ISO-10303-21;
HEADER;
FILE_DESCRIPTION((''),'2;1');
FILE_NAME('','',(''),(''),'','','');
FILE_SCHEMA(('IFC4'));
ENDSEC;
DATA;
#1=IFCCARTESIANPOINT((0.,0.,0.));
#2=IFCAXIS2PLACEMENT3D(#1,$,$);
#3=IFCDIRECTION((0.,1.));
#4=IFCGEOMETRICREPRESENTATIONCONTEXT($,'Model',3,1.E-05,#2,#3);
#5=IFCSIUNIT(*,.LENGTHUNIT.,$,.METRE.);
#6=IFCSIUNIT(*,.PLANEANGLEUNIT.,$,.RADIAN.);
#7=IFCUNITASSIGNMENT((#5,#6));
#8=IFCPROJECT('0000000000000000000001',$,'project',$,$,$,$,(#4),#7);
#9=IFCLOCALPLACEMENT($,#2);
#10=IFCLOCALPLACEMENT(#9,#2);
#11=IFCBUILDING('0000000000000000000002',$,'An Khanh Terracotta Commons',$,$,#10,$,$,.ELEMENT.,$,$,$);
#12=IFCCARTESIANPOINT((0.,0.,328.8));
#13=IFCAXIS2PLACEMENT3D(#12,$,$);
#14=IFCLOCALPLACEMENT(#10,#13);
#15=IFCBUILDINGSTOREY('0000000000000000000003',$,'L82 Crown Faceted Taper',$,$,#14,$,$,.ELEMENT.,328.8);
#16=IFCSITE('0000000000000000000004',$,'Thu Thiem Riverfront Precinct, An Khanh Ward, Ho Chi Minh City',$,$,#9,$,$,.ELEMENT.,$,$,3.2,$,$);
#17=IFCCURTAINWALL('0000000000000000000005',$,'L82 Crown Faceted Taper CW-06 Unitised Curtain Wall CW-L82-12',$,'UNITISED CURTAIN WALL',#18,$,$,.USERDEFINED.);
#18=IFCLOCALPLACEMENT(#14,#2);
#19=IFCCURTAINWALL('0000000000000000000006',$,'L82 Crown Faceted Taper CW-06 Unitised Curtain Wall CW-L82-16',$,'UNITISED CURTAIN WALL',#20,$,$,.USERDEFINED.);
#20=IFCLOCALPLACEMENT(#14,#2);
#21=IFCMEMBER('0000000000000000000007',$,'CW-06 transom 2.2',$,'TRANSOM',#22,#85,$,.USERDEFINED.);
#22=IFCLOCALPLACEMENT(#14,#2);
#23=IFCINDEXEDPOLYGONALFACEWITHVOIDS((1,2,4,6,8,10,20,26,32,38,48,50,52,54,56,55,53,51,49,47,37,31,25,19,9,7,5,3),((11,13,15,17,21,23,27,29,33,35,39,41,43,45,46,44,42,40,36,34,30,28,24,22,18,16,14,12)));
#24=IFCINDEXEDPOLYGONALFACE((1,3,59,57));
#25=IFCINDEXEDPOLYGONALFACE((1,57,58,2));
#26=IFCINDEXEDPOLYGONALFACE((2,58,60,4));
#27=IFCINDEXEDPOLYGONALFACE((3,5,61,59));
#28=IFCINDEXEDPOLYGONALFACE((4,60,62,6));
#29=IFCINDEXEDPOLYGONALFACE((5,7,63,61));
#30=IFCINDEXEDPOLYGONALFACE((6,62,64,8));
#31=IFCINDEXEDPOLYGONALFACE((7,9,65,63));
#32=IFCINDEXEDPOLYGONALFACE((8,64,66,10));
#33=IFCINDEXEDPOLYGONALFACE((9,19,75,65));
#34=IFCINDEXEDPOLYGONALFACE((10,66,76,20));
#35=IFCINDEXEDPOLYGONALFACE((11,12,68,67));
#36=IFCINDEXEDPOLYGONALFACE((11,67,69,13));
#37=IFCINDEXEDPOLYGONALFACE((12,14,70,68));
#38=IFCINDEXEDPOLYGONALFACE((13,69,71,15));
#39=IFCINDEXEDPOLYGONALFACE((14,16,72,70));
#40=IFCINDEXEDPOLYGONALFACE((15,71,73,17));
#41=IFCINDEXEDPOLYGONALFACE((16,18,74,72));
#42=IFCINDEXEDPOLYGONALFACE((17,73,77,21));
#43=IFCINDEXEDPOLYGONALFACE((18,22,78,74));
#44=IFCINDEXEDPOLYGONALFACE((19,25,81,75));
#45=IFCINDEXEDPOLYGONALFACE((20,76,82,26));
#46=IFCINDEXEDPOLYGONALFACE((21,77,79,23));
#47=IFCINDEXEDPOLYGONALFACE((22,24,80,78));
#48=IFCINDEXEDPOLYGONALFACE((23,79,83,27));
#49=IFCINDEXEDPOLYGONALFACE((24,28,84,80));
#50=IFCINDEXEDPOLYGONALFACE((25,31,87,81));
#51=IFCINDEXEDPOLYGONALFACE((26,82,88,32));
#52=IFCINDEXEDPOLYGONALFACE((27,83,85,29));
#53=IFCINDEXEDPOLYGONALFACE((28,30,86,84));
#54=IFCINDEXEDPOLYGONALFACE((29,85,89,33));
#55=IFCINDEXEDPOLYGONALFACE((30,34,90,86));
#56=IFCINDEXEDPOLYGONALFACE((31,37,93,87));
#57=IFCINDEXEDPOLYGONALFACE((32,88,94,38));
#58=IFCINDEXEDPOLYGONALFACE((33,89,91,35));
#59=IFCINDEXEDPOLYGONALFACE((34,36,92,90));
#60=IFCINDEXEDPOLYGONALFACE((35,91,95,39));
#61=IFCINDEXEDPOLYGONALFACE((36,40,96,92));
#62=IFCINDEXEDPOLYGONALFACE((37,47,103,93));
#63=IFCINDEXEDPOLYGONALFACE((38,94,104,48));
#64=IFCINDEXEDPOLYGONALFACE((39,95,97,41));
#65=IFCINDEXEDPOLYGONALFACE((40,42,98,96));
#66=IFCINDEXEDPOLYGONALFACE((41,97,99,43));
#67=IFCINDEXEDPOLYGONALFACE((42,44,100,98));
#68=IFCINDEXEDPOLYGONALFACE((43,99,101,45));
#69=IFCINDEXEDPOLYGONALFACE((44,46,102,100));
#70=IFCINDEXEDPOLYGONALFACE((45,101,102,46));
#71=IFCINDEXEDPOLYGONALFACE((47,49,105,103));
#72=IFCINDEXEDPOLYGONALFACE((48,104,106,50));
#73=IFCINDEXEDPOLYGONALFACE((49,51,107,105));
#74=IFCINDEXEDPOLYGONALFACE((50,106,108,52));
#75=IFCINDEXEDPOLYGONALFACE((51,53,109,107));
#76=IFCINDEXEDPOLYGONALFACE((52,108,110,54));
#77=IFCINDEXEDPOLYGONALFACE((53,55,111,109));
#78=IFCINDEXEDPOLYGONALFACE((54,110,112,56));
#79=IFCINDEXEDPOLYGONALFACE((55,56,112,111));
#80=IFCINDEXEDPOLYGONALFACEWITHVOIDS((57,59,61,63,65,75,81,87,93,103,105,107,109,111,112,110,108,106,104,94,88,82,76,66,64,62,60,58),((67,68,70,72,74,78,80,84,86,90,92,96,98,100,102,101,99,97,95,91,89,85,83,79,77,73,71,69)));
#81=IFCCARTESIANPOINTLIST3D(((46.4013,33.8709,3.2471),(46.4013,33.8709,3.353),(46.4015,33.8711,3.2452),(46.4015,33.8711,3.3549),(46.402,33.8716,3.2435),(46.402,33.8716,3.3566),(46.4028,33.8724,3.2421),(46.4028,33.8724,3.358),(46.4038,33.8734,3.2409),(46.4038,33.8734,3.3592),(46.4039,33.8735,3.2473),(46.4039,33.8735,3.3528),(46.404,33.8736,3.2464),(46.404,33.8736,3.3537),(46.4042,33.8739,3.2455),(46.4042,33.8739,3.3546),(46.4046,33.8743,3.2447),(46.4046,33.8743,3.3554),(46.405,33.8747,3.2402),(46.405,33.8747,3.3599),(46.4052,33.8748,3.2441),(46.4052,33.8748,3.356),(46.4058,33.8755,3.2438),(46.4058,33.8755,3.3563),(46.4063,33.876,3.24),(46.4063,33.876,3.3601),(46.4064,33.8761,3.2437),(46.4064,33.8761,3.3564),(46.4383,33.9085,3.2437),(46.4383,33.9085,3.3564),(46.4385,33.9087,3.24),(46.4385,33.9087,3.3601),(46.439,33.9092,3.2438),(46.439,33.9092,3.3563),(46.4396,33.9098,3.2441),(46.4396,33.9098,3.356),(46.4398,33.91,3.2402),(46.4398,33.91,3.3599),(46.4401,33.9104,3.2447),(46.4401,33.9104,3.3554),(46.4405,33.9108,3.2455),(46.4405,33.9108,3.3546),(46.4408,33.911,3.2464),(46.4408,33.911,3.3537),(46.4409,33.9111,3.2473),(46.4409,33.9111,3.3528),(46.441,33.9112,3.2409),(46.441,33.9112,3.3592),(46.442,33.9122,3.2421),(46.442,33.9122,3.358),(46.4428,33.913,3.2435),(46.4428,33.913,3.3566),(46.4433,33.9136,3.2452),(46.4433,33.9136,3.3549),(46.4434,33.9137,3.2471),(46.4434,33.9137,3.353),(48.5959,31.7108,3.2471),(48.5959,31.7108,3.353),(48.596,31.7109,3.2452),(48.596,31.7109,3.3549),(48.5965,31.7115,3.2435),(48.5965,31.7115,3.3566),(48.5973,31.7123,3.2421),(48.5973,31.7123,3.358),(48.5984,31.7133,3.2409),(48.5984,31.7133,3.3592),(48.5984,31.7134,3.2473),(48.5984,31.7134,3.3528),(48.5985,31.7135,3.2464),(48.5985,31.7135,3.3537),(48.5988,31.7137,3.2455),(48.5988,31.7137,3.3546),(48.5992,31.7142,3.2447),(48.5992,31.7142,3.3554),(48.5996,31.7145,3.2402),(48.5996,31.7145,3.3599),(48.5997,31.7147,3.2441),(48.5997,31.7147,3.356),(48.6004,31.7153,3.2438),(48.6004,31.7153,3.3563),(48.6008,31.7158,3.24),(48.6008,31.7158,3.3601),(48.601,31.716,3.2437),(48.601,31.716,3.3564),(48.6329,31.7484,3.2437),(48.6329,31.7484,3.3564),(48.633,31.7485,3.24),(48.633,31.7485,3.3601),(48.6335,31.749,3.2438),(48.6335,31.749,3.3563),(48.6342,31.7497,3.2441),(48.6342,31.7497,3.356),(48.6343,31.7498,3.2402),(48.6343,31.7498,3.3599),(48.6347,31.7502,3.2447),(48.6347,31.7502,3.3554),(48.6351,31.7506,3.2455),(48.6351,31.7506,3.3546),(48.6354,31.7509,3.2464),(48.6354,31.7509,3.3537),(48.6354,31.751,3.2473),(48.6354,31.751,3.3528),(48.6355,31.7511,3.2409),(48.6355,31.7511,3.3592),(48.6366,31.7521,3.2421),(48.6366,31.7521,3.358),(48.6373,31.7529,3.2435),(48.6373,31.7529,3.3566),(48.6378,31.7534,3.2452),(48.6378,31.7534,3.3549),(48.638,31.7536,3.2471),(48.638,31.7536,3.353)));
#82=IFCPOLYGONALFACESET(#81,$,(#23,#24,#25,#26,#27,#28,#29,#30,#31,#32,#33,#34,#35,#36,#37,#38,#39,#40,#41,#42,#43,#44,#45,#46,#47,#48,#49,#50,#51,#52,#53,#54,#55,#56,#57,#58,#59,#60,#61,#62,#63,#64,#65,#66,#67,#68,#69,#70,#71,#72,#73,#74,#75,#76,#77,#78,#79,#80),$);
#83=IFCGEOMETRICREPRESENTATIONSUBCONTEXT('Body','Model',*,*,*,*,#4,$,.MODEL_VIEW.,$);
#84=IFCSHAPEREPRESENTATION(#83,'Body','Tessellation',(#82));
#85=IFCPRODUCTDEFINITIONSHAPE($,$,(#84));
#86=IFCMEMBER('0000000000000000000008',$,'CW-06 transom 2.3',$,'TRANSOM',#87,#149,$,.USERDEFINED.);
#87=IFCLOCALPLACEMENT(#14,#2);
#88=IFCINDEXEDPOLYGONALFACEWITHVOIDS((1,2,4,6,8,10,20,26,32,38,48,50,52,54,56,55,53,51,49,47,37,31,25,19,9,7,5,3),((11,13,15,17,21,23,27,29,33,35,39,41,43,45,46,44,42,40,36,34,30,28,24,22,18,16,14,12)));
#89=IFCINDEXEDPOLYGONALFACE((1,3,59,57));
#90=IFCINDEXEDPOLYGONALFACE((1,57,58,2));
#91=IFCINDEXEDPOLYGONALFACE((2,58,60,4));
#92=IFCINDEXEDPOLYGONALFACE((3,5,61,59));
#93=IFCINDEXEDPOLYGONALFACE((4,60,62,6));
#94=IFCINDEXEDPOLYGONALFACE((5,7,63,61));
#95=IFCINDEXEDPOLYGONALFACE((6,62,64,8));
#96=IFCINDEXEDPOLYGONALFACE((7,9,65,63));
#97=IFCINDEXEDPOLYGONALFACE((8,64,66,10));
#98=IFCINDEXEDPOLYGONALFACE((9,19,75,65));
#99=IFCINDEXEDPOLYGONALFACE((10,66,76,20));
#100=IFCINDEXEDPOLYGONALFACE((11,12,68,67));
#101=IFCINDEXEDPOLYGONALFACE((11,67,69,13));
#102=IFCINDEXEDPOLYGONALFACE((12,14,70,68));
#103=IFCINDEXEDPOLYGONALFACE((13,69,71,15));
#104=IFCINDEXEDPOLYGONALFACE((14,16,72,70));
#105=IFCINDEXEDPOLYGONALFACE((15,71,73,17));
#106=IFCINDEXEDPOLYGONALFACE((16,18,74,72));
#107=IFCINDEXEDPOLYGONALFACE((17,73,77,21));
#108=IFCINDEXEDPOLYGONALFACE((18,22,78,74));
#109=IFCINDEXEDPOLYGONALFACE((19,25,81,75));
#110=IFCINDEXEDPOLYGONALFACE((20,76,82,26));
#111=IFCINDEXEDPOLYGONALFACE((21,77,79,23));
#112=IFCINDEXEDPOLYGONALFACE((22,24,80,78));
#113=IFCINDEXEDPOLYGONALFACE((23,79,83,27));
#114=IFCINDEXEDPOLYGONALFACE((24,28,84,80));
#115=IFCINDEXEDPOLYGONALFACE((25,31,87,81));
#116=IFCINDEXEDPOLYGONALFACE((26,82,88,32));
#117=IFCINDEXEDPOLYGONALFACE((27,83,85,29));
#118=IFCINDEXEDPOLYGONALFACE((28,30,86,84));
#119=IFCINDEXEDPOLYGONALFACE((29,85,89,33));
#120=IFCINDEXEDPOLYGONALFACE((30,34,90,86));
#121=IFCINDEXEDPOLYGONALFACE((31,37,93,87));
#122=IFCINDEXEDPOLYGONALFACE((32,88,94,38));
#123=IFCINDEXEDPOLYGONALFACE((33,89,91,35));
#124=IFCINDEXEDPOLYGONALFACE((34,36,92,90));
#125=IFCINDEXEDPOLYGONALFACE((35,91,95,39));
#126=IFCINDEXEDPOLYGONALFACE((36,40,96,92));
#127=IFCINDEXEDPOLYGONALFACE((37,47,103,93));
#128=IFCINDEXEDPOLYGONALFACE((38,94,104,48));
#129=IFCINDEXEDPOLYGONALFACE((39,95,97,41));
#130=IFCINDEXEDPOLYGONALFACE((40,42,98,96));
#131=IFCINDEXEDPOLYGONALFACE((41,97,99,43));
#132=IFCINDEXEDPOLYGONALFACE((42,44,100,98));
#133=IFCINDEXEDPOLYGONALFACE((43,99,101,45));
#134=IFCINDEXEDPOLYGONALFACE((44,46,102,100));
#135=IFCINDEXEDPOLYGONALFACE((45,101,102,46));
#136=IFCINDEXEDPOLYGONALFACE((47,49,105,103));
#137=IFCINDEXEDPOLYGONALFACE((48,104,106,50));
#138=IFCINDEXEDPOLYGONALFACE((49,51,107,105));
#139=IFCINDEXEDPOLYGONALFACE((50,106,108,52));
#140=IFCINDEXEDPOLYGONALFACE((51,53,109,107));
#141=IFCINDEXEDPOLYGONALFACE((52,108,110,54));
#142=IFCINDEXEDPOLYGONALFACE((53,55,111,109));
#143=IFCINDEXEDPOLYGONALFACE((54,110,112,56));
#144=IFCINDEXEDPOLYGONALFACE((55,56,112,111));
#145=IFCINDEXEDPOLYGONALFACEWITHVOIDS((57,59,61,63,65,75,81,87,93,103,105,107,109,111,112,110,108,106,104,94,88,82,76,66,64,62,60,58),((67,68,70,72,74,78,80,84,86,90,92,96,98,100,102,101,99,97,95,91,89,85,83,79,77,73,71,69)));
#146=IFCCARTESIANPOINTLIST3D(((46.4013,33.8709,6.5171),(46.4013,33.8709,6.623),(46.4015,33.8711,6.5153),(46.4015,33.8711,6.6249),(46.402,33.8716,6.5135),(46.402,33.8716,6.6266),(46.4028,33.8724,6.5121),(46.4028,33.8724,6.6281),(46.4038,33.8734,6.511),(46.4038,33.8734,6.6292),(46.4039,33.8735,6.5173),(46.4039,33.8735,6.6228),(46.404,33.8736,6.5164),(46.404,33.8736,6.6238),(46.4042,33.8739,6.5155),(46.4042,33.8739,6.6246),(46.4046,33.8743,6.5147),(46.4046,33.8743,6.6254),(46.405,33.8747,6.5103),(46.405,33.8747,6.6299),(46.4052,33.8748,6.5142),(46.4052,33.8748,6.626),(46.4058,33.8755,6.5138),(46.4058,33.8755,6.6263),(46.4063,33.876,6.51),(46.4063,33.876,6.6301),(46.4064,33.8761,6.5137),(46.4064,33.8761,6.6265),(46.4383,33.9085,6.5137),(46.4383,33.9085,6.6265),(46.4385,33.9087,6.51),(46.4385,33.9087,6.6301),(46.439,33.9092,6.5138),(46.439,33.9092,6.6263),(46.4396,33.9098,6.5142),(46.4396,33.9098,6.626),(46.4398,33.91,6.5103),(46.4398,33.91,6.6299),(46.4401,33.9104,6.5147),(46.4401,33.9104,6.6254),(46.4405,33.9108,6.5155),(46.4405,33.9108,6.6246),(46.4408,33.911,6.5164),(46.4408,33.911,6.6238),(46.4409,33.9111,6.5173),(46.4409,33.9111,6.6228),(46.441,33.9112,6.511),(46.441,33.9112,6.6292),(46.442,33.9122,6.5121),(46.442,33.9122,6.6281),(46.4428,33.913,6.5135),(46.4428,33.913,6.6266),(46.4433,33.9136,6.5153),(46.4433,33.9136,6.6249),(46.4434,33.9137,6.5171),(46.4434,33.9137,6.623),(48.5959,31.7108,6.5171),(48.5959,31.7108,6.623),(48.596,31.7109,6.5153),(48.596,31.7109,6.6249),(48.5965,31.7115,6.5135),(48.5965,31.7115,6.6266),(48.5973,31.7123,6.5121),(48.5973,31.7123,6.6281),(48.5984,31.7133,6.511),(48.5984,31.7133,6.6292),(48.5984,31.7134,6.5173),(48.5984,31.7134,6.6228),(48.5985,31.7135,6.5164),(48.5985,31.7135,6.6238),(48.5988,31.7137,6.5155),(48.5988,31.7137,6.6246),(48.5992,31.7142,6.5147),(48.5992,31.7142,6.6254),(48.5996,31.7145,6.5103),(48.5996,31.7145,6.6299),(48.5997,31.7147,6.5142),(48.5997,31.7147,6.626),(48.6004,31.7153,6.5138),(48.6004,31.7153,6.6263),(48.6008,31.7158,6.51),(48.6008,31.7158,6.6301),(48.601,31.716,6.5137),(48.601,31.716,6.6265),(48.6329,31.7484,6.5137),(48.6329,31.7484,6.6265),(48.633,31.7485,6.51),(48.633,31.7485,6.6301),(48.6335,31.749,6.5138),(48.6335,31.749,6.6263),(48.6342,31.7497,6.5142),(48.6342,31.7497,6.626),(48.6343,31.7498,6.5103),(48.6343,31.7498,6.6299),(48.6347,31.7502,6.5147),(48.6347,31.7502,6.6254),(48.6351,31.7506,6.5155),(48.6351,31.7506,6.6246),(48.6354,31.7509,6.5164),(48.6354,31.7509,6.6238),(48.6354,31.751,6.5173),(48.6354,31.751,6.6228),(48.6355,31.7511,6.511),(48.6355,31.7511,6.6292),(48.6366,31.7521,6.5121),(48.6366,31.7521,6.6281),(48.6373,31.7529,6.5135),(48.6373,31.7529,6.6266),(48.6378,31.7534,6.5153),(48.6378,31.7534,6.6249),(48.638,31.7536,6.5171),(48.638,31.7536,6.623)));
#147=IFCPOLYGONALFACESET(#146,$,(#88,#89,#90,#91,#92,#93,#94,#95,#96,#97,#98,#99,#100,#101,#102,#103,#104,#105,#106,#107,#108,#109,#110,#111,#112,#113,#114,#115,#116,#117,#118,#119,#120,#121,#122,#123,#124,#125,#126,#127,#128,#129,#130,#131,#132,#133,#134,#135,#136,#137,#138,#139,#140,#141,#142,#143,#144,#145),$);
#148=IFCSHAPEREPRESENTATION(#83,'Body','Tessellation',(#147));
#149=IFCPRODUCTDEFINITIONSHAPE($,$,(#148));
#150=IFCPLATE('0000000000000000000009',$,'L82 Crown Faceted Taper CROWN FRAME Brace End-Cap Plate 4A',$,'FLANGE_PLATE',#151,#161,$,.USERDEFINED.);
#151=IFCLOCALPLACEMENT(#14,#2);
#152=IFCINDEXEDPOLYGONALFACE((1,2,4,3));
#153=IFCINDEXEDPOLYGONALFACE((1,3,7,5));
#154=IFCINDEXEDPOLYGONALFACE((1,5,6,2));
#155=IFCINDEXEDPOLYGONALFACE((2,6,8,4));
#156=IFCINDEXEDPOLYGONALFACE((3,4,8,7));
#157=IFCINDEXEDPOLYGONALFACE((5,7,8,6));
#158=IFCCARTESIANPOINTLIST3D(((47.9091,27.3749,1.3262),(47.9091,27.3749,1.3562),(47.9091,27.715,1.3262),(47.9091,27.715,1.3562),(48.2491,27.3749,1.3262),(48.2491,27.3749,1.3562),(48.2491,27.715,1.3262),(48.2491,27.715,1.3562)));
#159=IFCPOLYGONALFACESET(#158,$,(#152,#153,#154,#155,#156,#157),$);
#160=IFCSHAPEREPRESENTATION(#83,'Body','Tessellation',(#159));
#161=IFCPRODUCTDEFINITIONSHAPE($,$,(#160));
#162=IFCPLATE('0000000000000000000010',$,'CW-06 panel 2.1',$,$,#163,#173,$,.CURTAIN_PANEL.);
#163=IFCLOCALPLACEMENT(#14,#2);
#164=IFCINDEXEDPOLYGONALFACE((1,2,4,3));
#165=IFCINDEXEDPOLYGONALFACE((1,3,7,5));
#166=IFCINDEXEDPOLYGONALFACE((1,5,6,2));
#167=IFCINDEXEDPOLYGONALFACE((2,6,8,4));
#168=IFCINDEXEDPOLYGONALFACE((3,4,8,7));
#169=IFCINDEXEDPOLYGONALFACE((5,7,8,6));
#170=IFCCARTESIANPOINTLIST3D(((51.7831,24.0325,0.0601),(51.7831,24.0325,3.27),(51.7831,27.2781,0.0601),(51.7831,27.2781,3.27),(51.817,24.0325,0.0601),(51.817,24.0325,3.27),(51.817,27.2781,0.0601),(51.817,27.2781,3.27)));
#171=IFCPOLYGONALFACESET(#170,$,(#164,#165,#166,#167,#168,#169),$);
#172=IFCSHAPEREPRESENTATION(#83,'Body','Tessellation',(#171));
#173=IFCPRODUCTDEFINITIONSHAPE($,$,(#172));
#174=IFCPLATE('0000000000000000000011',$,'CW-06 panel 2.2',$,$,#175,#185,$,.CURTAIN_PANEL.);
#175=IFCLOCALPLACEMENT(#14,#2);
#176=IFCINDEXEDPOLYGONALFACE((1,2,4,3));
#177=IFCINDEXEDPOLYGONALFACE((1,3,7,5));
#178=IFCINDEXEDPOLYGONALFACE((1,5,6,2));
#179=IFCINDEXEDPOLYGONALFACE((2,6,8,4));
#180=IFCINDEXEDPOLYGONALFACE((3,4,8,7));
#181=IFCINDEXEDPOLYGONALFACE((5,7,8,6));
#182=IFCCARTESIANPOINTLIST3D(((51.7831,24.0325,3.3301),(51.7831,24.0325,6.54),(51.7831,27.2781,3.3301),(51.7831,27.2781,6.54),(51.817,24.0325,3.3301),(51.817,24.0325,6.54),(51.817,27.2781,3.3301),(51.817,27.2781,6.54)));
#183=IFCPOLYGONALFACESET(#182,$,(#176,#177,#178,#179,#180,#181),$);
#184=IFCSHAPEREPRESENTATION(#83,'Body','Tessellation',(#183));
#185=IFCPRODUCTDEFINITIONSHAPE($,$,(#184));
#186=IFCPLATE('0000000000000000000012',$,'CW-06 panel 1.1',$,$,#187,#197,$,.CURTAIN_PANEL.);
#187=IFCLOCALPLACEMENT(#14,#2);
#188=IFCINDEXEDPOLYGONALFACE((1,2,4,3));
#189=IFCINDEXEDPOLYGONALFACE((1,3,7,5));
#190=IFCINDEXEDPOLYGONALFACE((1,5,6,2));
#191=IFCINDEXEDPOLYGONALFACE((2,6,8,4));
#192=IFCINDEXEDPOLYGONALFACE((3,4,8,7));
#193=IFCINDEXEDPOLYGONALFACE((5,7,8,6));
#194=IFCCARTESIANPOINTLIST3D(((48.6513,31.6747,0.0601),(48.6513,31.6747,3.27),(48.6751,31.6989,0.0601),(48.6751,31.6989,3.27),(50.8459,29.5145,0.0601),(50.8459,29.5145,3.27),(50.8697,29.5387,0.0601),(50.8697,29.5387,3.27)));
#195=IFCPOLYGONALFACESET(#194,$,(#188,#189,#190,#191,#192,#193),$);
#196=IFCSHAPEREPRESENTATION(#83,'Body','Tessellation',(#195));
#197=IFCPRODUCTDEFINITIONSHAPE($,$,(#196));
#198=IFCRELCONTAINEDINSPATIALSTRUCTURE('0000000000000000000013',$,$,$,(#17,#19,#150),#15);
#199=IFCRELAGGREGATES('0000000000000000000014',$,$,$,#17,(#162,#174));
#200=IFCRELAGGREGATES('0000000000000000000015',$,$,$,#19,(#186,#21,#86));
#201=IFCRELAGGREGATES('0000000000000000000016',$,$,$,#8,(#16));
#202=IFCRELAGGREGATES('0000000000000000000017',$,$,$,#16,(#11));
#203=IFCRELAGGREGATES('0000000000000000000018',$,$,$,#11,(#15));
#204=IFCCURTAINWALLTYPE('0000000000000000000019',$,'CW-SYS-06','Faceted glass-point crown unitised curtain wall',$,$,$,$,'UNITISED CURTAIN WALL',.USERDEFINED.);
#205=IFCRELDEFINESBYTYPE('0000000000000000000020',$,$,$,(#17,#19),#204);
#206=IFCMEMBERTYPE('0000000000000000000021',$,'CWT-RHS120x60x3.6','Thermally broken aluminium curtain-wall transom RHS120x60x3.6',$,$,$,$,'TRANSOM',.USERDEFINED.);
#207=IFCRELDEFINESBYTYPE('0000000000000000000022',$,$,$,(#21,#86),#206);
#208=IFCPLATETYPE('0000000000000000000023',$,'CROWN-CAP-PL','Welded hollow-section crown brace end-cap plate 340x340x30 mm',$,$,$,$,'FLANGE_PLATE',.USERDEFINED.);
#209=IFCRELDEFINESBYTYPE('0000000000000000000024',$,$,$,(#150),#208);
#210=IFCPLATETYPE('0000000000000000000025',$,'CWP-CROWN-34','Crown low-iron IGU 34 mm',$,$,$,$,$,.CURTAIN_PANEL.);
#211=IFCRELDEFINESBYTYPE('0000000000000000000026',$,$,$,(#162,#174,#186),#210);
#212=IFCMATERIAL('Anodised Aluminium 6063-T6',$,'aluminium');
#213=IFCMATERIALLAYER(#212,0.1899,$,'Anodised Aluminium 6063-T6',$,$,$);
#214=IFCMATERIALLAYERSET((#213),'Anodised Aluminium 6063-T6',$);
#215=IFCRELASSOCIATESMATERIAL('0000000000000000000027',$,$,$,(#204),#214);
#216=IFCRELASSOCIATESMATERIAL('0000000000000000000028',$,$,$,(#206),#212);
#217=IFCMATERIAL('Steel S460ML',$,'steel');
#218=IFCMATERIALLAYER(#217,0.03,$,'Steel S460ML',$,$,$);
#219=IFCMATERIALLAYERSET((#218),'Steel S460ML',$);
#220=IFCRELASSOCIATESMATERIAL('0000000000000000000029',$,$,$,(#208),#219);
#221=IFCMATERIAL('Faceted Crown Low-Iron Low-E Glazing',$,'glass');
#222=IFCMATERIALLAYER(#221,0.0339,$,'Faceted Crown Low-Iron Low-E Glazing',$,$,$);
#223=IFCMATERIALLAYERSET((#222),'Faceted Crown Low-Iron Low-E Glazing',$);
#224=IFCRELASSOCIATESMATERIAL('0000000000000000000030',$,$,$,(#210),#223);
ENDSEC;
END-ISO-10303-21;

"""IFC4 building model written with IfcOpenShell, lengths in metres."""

from ifc_helpers import new_model, si_unit, direction, frame, origin, origin_2d, place, context, subcontext, project, spatial, rectangle, hollow_rectangle, extrude, material, layer, layer_set, material_profile, profile_set, type_object, element, aggregate, save


model = new_model("IFC4")

# Units and contexts
model_context = context("Model", 3, precision=1e-05, world=origin(), true_north=direction((0.0, 1.0)))
body_context = subcontext(model_context, "Body", "Model", "MODEL_VIEW")
ifc_project = project(units=[si_unit("LENGTHUNIT", "METRE"), si_unit("PLANEANGLEUNIT", "RADIAN")], contexts=[model_context])

# Site, building, storey
site_placement = place(None, origin())
site = spatial("IfcSite", under=ifc_project, at=site_placement, Name="Thu Thiem Riverfront Precinct, An Khanh Ward, Ho Chi Minh City", CompositionType="ELEMENT", RefElevation=3.2)
building_placement = place(site_placement, origin())
building = spatial("IfcBuilding", under=site, at=building_placement, Name="An Khanh Terracotta Commons", CompositionType="ELEMENT")
storey_placement = place(building_placement, frame((0.0, 0.0, 328.8)))
storey = spatial("IfcBuildingStorey", under=building, at=storey_placement, Name="L82 Crown Faceted Taper", CompositionType="ELEMENT", Elevation=328.8)

# Shared definitions
ifc_material_1 = material(Name="Steel S460ML", Category="steel")

# Curtain walls
ifc_material_2 = material(Name="Anodised Aluminium 6063-T6", Category="aluminium")
ifc_layer_1 = layer(ifc_material_2, 0.1899, Name="Anodised Aluminium 6063-T6")
ifc_layer_set_1 = layer_set([ifc_layer_1], Name="Anodised Aluminium 6063-T6")
curtain_wall_type = type_object("IfcCurtainWallType", Name="CW-SYS-06", Description="Faceted glass-point crown unitised curtain wall", ElementType="UNITISED CURTAIN WALL", PredefinedType="USERDEFINED", material=ifc_layer_set_1)
curtain_wall_1_placement = place(storey_placement, origin())
curtain_wall_1 = element("IfcCurtainWall", 1, at=curtain_wall_1_placement, inside=storey, type_object=curtain_wall_type, Name="L82 Crown Faceted Taper CW-06 Unitised Curtain Wall CW-L82-12", ObjectType="UNITISED CURTAIN WALL", PredefinedType="USERDEFINED")
curtain_wall_2_placement = place(storey_placement, origin())
curtain_wall_2 = element("IfcCurtainWall", 2, at=curtain_wall_2_placement, inside=storey, type_object=curtain_wall_type, Name="L82 Crown Faceted Taper CW-06 Unitised Curtain Wall CW-L82-16", ObjectType="UNITISED CURTAIN WALL", PredefinedType="USERDEFINED")

# Members
ifc_material_profile_1 = material_profile(ifc_material_2, hollow_rectangle(XDim=0.0601, YDim=0.1201, WallThickness=0.0037, InnerFilletRadius=0.0037, OuterFilletRadius=0.0071, at=origin_2d()), Name="RHS120x60x3.6")
ifc_profile_set_1 = profile_set([ifc_material_profile_1], Name="Anodised Aluminium 6063-T6")
member_type_1 = type_object("IfcMemberType", Name="CWT-RHS120x60x3.6", Description="Thermally broken aluminium curtain-wall transom RHS120x60x3.6", ElementType="TRANSOM", PredefinedType="USERDEFINED", material=ifc_profile_set_1)
member_1_placement = place(storey_placement, frame((48.6169, 31.7322, 3.3), z_axis=(-0.712674, 0.701495, 0.0), x_axis=(-0.701495, -0.712674, 0.0)))
member_1 = element("IfcMember", 3, at=member_1_placement, type_object=member_type_1, Name="CW-06 transom 2.2", ObjectType="TRANSOM", PredefinedType="USERDEFINED", context=body_context, shape_type="SweptSolid", body=[
    extrude(hollow_rectangle(XDim=0.0601, YDim=0.1201, WallThickness=0.0037, InnerFilletRadius=0.0037, OuterFilletRadius=0.0071, at=origin_2d()), origin(), (0.0, 0.0, 1.0), 3.0793),
])
member_2_placement = place(storey_placement, frame((48.6169, 31.7322, 6.5701), z_axis=(-0.712674, 0.701495, 0.0), x_axis=(-0.701495, -0.712674, 0.0)))
member_2 = element("IfcMember", 4, at=member_2_placement, type_object=member_type_1, Name="CW-06 transom 2.3", ObjectType="TRANSOM", PredefinedType="USERDEFINED", context=body_context, shape_type="SweptSolid", body=[
    extrude(hollow_rectangle(XDim=0.0601, YDim=0.1201, WallThickness=0.0037, InnerFilletRadius=0.0037, OuterFilletRadius=0.0071, at=origin_2d()), origin(), (0.0, 0.0, 1.0), 3.0793),
])

# Plates
ifc_layer_2 = layer(ifc_material_1, 0.03, Name="Steel S460ML")
ifc_layer_set_2 = layer_set([ifc_layer_2], Name="Steel S460ML")
plate_type_1 = type_object("IfcPlateType", Name="CROWN-CAP-PL", Description="Welded hollow-section crown brace end-cap plate 340x340x30 mm", ElementType="FLANGE_PLATE", PredefinedType="USERDEFINED", material=ifc_layer_set_2)
plate_1_placement = place(storey_placement, frame((48.0791, 27.5449, 1.3262), z_axis=(0.0, 0.0, 1.0), x_axis=(1.0, 0.0, 0.0)))
element("IfcPlate", 5, at=plate_1_placement, inside=storey, type_object=plate_type_1, Name="L82 Crown Faceted Taper CROWN FRAME Brace End-Cap Plate 4A", ObjectType="FLANGE_PLATE", PredefinedType="USERDEFINED", context=body_context, shape_type="SweptSolid", body=[
    extrude(rectangle(XDim=0.3401, YDim=0.3401, at=origin_2d()), origin(), (0.0, 0.0, 1.0), 0.03),
])
ifc_material_3 = material(Name="Faceted Crown Low-Iron Low-E Glazing", Category="glass")
ifc_layer_3 = layer(ifc_material_3, 0.0339, Name="Faceted Crown Low-Iron Low-E Glazing")
ifc_layer_set_3 = layer_set([ifc_layer_3], Name="Faceted Crown Low-Iron Low-E Glazing")
plate_type_2 = type_object("IfcPlateType", Name="CWP-CROWN-34", Description="Crown low-iron IGU 34 mm", PredefinedType="CURTAIN_PANEL", material=ifc_layer_set_3)
plate_2_placement = place(storey_placement, frame((51.8, 25.6553, 0.0601), z_axis=(0.0, 0.0, 1.0), x_axis=(0.0, 1.0, 0.0)))
plate_2 = element("IfcPlate", 6, at=plate_2_placement, type_object=plate_type_2, Name="CW-06 panel 2.1", PredefinedType="CURTAIN_PANEL", context=body_context, shape_type="SweptSolid", body=[
    extrude(rectangle(XDim=3.2456, YDim=0.0339, at=origin_2d()), origin(), (0.0, 0.0, 1.0), 3.21),
])
plate_3_placement = place(storey_placement, frame((51.8, 25.6553, 3.3301), z_axis=(0.0, 0.0, 1.0), x_axis=(0.0, 1.0, 0.0)))
plate_3 = element("IfcPlate", 7, at=plate_3_placement, type_object=plate_type_2, Name="CW-06 panel 2.2", PredefinedType="CURTAIN_PANEL", context=body_context, shape_type="SweptSolid", body=[
    extrude(rectangle(XDim=3.2456, YDim=0.0339, at=origin_2d()), origin(), (0.0, 0.0, 1.0), 3.21),
])
aggregate(curtain_wall_1, [plate_2, plate_3])
plate_4_placement = place(storey_placement, frame((49.7605, 30.6067, 0.0601), z_axis=(0.0, 0.0, 1.0), x_axis=(-0.712672, 0.701497, 0.0)))
plate_4 = element("IfcPlate", 8, at=plate_4_placement, type_object=plate_type_2, Name="CW-06 panel 1.1", PredefinedType="CURTAIN_PANEL", context=body_context, shape_type="SweptSolid", body=[
    extrude(rectangle(XDim=3.0793, YDim=0.0339, at=origin_2d()), origin(), (0.0, 0.0, 1.0), 3.21),
])
aggregate(curtain_wall_2, [plate_4, member_1, member_2])

save(model, "model.ifc")
